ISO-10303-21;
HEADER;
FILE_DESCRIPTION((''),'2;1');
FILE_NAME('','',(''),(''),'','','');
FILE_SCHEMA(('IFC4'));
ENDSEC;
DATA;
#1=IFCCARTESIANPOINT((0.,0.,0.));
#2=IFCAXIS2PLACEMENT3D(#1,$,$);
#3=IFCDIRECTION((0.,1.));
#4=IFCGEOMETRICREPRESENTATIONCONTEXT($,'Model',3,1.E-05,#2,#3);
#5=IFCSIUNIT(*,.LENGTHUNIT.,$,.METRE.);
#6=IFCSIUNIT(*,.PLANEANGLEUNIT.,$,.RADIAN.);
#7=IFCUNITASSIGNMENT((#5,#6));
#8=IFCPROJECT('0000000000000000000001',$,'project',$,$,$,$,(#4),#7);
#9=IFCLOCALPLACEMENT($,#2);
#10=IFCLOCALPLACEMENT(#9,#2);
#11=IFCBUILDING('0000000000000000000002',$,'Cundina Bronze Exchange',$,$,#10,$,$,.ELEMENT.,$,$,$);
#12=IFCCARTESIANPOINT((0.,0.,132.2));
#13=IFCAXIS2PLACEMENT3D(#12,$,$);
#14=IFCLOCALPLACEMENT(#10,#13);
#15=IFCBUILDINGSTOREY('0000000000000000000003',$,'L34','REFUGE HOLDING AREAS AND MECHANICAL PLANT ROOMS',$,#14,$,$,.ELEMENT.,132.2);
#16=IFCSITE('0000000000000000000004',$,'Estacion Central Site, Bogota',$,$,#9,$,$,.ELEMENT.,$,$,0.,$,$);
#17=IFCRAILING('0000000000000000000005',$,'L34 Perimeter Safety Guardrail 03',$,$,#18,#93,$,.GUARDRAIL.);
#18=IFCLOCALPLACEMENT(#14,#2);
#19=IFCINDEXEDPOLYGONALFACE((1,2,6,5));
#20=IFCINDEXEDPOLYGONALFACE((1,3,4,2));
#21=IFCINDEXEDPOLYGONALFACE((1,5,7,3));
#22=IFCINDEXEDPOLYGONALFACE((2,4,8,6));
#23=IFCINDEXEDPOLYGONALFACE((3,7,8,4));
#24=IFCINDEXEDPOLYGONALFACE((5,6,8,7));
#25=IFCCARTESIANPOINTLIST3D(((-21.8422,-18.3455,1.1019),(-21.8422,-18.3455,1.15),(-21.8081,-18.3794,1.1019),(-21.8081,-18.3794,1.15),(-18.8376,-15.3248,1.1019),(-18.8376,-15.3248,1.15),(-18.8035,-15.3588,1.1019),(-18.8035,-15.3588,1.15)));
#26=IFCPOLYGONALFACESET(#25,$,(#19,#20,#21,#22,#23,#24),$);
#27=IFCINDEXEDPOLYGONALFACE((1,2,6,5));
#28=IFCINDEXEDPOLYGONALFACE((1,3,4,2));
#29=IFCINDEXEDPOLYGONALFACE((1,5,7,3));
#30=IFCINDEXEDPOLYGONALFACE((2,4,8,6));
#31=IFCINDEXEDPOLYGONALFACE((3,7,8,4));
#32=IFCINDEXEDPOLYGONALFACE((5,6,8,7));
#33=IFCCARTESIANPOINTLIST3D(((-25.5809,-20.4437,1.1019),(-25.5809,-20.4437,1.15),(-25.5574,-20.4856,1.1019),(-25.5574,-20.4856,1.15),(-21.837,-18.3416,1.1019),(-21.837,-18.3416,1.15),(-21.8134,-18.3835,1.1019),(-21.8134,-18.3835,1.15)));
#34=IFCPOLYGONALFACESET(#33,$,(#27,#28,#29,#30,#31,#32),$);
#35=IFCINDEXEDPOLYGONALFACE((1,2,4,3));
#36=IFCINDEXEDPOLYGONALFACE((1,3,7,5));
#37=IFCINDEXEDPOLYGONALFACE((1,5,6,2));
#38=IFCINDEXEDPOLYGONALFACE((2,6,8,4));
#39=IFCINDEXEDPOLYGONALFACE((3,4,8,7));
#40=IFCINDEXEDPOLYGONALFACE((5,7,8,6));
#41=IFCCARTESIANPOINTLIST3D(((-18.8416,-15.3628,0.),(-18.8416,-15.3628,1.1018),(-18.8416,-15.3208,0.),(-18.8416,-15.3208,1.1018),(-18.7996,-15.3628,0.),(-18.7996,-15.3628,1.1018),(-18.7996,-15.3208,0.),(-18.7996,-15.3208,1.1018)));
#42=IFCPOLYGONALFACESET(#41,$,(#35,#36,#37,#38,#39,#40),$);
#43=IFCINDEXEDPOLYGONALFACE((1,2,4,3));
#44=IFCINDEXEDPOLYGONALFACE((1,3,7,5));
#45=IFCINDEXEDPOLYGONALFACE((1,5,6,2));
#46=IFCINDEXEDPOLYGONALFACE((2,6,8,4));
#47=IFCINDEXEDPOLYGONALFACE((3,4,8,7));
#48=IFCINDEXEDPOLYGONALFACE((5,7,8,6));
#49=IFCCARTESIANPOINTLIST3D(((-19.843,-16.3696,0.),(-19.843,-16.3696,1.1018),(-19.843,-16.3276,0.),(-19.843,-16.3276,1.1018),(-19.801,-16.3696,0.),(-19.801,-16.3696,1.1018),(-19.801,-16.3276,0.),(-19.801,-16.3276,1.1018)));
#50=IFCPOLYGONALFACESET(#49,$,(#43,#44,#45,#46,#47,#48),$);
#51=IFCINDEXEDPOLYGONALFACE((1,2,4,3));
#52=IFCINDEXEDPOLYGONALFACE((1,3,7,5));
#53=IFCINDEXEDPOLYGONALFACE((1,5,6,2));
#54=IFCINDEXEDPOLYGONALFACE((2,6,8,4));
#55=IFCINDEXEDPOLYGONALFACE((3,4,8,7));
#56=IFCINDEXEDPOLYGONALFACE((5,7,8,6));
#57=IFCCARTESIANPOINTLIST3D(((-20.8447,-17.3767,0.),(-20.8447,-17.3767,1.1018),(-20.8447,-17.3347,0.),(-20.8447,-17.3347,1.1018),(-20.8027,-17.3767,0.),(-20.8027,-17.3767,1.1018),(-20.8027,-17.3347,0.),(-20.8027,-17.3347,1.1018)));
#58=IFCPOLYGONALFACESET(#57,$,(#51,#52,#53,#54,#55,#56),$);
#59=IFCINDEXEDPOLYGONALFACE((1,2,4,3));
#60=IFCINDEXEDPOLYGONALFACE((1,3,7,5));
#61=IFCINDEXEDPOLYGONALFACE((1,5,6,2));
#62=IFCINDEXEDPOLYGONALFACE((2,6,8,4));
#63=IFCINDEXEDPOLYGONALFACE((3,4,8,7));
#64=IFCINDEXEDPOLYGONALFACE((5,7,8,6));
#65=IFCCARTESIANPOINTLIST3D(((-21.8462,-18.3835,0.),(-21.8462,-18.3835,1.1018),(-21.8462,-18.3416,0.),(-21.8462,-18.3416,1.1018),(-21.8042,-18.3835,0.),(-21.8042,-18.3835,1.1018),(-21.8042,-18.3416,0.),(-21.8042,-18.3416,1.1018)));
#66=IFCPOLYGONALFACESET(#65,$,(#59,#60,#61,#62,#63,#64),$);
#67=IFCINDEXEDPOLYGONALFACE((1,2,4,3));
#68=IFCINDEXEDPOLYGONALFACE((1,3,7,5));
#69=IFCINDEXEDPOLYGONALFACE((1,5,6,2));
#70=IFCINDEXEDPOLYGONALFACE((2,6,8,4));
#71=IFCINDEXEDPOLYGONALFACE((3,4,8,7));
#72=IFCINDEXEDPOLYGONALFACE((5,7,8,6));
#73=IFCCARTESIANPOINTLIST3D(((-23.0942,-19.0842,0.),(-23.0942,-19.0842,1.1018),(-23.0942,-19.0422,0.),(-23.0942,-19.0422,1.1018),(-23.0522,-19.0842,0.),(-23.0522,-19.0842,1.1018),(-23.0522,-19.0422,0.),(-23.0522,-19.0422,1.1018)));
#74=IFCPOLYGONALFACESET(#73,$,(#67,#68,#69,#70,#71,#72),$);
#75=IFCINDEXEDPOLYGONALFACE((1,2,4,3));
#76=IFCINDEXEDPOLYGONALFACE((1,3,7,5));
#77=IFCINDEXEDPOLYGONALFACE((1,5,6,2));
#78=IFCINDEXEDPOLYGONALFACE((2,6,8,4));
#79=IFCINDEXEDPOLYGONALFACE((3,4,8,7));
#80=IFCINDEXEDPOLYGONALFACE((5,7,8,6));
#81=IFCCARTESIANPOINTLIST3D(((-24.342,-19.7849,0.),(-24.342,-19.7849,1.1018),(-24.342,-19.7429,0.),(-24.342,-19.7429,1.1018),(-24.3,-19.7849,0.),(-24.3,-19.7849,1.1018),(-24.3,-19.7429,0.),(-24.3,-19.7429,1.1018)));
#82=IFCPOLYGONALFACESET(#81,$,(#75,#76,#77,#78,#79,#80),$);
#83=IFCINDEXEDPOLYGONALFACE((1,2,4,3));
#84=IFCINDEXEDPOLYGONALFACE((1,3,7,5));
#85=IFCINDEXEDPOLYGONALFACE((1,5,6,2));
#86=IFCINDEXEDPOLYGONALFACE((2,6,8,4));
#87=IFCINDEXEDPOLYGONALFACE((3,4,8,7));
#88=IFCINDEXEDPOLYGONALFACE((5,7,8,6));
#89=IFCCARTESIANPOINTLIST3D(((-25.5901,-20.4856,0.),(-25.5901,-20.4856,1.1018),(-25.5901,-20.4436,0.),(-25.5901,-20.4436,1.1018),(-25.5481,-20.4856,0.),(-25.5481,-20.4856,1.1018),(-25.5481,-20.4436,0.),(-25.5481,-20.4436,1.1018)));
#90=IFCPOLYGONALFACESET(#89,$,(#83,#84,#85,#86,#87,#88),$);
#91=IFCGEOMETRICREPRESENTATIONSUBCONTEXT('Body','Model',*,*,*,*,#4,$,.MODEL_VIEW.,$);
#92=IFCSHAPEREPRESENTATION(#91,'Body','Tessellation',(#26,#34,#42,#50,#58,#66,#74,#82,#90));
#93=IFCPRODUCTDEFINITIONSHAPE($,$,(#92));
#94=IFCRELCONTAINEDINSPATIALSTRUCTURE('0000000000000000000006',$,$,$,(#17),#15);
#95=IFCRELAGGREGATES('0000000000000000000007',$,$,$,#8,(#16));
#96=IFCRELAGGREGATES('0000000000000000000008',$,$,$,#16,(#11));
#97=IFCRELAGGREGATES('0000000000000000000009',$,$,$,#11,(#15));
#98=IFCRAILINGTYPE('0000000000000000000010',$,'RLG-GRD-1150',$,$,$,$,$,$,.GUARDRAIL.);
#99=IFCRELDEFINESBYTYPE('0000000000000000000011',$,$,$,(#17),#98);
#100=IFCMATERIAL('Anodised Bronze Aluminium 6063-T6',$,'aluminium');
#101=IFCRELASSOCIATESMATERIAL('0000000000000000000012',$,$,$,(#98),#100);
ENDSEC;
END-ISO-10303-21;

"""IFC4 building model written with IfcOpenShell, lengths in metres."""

from ifc_helpers import new_model, si_unit, direction, frame, origin, origin_2d, place, context, subcontext, project, spatial, rectangle, extrude, material, type_object, element, save


model = new_model("IFC4")

# Units and contexts
model_context = context("Model", 3, precision=1e-05, world=origin(), true_north=direction((0.0, 1.0)))
body_context = subcontext(model_context, "Body", "Model", "MODEL_VIEW")
ifc_project = project(units=[si_unit("LENGTHUNIT", "METRE"), si_unit("PLANEANGLEUNIT", "RADIAN")], contexts=[model_context])

# Site, building, storey
site_placement = place(None, origin())
site = spatial("IfcSite", under=ifc_project, at=site_placement, Name="Estacion Central Site, Bogota", CompositionType="ELEMENT", RefElevation=0.0)
building_placement = place(site_placement, origin())
building = spatial("IfcBuilding", under=site, at=building_placement, Name="Cundina Bronze Exchange", CompositionType="ELEMENT")
storey_placement = place(building_placement, frame((0.0, 0.0, 132.2)))
storey = spatial("IfcBuildingStorey", under=building, at=storey_placement, Name="L34", Description="REFUGE HOLDING AREAS AND MECHANICAL PLANT ROOMS", CompositionType="ELEMENT", Elevation=132.2)

# Railing
ifc_material_1 = material(Name="Anodised Bronze Aluminium 6063-T6", Category="aluminium")
railing_type = type_object("IfcRailingType", Name="RLG-GRD-1150", PredefinedType="GUARDRAIL", material=ifc_material_1)
railing_1_placement = place(storey_placement, frame((-18.8206, -15.3418, 0.0)))
element("IfcRailing", 1, at=railing_1_placement, inside=storey, type_object=railing_type, Name="L34 Perimeter Safety Guardrail 03", PredefinedType="GUARDRAIL", context=body_context, shape_type="SweptSolid", body=[
    extrude(rectangle(XDim=0.0481, YDim=0.0481, at=origin_2d()), frame((0.0, 0.0, 1.126), z_axis=(-0.705213, -0.708995, 0.0), x_axis=(0.708995, -0.705213, 0.0)), (0.0, 0.0, 1.0), 4.2605),
    extrude(rectangle(XDim=0.0481, YDim=0.0481, at=origin_2d()), frame((-3.0046, -3.0208, 1.126), z_axis=(-0.871962, -0.489573, 0.0), x_axis=(0.489573, -0.871962, 0.0)), (0.0, 0.0, 1.0), 4.2937),
    extrude(rectangle(XDim=0.042, YDim=0.042, at=origin_2d()), origin(), (0.0, 0.0, 1.0), 1.1018),
    extrude(rectangle(XDim=0.042, YDim=0.042, at=origin_2d()), frame((-1.0015, -1.0068, 0.0)), (0.0, 0.0, 1.0), 1.1018),
    extrude(rectangle(XDim=0.042, YDim=0.042, at=origin_2d()), frame((-2.0032, -2.0139, 0.0)), (0.0, 0.0, 1.0), 1.1018),
    extrude(rectangle(XDim=0.042, YDim=0.042, at=origin_2d()), frame((-3.0046, -3.0208, 0.0)), (0.0, 0.0, 1.0), 1.1018),
    extrude(rectangle(XDim=0.042, YDim=0.042, at=origin_2d()), frame((-4.2527, -3.7214, 0.0)), (0.0, 0.0, 1.0), 1.1018),
    extrude(rectangle(XDim=0.042, YDim=0.042, at=origin_2d()), frame((-5.5005, -4.4221, 0.0)), (0.0, 0.0, 1.0), 1.1018),
    extrude(rectangle(XDim=0.042, YDim=0.042, at=origin_2d()), frame((-6.7485, -5.1228, 0.0)), (0.0, 0.0, 1.0), 1.1018),
])

save(model, "model.ifc")
